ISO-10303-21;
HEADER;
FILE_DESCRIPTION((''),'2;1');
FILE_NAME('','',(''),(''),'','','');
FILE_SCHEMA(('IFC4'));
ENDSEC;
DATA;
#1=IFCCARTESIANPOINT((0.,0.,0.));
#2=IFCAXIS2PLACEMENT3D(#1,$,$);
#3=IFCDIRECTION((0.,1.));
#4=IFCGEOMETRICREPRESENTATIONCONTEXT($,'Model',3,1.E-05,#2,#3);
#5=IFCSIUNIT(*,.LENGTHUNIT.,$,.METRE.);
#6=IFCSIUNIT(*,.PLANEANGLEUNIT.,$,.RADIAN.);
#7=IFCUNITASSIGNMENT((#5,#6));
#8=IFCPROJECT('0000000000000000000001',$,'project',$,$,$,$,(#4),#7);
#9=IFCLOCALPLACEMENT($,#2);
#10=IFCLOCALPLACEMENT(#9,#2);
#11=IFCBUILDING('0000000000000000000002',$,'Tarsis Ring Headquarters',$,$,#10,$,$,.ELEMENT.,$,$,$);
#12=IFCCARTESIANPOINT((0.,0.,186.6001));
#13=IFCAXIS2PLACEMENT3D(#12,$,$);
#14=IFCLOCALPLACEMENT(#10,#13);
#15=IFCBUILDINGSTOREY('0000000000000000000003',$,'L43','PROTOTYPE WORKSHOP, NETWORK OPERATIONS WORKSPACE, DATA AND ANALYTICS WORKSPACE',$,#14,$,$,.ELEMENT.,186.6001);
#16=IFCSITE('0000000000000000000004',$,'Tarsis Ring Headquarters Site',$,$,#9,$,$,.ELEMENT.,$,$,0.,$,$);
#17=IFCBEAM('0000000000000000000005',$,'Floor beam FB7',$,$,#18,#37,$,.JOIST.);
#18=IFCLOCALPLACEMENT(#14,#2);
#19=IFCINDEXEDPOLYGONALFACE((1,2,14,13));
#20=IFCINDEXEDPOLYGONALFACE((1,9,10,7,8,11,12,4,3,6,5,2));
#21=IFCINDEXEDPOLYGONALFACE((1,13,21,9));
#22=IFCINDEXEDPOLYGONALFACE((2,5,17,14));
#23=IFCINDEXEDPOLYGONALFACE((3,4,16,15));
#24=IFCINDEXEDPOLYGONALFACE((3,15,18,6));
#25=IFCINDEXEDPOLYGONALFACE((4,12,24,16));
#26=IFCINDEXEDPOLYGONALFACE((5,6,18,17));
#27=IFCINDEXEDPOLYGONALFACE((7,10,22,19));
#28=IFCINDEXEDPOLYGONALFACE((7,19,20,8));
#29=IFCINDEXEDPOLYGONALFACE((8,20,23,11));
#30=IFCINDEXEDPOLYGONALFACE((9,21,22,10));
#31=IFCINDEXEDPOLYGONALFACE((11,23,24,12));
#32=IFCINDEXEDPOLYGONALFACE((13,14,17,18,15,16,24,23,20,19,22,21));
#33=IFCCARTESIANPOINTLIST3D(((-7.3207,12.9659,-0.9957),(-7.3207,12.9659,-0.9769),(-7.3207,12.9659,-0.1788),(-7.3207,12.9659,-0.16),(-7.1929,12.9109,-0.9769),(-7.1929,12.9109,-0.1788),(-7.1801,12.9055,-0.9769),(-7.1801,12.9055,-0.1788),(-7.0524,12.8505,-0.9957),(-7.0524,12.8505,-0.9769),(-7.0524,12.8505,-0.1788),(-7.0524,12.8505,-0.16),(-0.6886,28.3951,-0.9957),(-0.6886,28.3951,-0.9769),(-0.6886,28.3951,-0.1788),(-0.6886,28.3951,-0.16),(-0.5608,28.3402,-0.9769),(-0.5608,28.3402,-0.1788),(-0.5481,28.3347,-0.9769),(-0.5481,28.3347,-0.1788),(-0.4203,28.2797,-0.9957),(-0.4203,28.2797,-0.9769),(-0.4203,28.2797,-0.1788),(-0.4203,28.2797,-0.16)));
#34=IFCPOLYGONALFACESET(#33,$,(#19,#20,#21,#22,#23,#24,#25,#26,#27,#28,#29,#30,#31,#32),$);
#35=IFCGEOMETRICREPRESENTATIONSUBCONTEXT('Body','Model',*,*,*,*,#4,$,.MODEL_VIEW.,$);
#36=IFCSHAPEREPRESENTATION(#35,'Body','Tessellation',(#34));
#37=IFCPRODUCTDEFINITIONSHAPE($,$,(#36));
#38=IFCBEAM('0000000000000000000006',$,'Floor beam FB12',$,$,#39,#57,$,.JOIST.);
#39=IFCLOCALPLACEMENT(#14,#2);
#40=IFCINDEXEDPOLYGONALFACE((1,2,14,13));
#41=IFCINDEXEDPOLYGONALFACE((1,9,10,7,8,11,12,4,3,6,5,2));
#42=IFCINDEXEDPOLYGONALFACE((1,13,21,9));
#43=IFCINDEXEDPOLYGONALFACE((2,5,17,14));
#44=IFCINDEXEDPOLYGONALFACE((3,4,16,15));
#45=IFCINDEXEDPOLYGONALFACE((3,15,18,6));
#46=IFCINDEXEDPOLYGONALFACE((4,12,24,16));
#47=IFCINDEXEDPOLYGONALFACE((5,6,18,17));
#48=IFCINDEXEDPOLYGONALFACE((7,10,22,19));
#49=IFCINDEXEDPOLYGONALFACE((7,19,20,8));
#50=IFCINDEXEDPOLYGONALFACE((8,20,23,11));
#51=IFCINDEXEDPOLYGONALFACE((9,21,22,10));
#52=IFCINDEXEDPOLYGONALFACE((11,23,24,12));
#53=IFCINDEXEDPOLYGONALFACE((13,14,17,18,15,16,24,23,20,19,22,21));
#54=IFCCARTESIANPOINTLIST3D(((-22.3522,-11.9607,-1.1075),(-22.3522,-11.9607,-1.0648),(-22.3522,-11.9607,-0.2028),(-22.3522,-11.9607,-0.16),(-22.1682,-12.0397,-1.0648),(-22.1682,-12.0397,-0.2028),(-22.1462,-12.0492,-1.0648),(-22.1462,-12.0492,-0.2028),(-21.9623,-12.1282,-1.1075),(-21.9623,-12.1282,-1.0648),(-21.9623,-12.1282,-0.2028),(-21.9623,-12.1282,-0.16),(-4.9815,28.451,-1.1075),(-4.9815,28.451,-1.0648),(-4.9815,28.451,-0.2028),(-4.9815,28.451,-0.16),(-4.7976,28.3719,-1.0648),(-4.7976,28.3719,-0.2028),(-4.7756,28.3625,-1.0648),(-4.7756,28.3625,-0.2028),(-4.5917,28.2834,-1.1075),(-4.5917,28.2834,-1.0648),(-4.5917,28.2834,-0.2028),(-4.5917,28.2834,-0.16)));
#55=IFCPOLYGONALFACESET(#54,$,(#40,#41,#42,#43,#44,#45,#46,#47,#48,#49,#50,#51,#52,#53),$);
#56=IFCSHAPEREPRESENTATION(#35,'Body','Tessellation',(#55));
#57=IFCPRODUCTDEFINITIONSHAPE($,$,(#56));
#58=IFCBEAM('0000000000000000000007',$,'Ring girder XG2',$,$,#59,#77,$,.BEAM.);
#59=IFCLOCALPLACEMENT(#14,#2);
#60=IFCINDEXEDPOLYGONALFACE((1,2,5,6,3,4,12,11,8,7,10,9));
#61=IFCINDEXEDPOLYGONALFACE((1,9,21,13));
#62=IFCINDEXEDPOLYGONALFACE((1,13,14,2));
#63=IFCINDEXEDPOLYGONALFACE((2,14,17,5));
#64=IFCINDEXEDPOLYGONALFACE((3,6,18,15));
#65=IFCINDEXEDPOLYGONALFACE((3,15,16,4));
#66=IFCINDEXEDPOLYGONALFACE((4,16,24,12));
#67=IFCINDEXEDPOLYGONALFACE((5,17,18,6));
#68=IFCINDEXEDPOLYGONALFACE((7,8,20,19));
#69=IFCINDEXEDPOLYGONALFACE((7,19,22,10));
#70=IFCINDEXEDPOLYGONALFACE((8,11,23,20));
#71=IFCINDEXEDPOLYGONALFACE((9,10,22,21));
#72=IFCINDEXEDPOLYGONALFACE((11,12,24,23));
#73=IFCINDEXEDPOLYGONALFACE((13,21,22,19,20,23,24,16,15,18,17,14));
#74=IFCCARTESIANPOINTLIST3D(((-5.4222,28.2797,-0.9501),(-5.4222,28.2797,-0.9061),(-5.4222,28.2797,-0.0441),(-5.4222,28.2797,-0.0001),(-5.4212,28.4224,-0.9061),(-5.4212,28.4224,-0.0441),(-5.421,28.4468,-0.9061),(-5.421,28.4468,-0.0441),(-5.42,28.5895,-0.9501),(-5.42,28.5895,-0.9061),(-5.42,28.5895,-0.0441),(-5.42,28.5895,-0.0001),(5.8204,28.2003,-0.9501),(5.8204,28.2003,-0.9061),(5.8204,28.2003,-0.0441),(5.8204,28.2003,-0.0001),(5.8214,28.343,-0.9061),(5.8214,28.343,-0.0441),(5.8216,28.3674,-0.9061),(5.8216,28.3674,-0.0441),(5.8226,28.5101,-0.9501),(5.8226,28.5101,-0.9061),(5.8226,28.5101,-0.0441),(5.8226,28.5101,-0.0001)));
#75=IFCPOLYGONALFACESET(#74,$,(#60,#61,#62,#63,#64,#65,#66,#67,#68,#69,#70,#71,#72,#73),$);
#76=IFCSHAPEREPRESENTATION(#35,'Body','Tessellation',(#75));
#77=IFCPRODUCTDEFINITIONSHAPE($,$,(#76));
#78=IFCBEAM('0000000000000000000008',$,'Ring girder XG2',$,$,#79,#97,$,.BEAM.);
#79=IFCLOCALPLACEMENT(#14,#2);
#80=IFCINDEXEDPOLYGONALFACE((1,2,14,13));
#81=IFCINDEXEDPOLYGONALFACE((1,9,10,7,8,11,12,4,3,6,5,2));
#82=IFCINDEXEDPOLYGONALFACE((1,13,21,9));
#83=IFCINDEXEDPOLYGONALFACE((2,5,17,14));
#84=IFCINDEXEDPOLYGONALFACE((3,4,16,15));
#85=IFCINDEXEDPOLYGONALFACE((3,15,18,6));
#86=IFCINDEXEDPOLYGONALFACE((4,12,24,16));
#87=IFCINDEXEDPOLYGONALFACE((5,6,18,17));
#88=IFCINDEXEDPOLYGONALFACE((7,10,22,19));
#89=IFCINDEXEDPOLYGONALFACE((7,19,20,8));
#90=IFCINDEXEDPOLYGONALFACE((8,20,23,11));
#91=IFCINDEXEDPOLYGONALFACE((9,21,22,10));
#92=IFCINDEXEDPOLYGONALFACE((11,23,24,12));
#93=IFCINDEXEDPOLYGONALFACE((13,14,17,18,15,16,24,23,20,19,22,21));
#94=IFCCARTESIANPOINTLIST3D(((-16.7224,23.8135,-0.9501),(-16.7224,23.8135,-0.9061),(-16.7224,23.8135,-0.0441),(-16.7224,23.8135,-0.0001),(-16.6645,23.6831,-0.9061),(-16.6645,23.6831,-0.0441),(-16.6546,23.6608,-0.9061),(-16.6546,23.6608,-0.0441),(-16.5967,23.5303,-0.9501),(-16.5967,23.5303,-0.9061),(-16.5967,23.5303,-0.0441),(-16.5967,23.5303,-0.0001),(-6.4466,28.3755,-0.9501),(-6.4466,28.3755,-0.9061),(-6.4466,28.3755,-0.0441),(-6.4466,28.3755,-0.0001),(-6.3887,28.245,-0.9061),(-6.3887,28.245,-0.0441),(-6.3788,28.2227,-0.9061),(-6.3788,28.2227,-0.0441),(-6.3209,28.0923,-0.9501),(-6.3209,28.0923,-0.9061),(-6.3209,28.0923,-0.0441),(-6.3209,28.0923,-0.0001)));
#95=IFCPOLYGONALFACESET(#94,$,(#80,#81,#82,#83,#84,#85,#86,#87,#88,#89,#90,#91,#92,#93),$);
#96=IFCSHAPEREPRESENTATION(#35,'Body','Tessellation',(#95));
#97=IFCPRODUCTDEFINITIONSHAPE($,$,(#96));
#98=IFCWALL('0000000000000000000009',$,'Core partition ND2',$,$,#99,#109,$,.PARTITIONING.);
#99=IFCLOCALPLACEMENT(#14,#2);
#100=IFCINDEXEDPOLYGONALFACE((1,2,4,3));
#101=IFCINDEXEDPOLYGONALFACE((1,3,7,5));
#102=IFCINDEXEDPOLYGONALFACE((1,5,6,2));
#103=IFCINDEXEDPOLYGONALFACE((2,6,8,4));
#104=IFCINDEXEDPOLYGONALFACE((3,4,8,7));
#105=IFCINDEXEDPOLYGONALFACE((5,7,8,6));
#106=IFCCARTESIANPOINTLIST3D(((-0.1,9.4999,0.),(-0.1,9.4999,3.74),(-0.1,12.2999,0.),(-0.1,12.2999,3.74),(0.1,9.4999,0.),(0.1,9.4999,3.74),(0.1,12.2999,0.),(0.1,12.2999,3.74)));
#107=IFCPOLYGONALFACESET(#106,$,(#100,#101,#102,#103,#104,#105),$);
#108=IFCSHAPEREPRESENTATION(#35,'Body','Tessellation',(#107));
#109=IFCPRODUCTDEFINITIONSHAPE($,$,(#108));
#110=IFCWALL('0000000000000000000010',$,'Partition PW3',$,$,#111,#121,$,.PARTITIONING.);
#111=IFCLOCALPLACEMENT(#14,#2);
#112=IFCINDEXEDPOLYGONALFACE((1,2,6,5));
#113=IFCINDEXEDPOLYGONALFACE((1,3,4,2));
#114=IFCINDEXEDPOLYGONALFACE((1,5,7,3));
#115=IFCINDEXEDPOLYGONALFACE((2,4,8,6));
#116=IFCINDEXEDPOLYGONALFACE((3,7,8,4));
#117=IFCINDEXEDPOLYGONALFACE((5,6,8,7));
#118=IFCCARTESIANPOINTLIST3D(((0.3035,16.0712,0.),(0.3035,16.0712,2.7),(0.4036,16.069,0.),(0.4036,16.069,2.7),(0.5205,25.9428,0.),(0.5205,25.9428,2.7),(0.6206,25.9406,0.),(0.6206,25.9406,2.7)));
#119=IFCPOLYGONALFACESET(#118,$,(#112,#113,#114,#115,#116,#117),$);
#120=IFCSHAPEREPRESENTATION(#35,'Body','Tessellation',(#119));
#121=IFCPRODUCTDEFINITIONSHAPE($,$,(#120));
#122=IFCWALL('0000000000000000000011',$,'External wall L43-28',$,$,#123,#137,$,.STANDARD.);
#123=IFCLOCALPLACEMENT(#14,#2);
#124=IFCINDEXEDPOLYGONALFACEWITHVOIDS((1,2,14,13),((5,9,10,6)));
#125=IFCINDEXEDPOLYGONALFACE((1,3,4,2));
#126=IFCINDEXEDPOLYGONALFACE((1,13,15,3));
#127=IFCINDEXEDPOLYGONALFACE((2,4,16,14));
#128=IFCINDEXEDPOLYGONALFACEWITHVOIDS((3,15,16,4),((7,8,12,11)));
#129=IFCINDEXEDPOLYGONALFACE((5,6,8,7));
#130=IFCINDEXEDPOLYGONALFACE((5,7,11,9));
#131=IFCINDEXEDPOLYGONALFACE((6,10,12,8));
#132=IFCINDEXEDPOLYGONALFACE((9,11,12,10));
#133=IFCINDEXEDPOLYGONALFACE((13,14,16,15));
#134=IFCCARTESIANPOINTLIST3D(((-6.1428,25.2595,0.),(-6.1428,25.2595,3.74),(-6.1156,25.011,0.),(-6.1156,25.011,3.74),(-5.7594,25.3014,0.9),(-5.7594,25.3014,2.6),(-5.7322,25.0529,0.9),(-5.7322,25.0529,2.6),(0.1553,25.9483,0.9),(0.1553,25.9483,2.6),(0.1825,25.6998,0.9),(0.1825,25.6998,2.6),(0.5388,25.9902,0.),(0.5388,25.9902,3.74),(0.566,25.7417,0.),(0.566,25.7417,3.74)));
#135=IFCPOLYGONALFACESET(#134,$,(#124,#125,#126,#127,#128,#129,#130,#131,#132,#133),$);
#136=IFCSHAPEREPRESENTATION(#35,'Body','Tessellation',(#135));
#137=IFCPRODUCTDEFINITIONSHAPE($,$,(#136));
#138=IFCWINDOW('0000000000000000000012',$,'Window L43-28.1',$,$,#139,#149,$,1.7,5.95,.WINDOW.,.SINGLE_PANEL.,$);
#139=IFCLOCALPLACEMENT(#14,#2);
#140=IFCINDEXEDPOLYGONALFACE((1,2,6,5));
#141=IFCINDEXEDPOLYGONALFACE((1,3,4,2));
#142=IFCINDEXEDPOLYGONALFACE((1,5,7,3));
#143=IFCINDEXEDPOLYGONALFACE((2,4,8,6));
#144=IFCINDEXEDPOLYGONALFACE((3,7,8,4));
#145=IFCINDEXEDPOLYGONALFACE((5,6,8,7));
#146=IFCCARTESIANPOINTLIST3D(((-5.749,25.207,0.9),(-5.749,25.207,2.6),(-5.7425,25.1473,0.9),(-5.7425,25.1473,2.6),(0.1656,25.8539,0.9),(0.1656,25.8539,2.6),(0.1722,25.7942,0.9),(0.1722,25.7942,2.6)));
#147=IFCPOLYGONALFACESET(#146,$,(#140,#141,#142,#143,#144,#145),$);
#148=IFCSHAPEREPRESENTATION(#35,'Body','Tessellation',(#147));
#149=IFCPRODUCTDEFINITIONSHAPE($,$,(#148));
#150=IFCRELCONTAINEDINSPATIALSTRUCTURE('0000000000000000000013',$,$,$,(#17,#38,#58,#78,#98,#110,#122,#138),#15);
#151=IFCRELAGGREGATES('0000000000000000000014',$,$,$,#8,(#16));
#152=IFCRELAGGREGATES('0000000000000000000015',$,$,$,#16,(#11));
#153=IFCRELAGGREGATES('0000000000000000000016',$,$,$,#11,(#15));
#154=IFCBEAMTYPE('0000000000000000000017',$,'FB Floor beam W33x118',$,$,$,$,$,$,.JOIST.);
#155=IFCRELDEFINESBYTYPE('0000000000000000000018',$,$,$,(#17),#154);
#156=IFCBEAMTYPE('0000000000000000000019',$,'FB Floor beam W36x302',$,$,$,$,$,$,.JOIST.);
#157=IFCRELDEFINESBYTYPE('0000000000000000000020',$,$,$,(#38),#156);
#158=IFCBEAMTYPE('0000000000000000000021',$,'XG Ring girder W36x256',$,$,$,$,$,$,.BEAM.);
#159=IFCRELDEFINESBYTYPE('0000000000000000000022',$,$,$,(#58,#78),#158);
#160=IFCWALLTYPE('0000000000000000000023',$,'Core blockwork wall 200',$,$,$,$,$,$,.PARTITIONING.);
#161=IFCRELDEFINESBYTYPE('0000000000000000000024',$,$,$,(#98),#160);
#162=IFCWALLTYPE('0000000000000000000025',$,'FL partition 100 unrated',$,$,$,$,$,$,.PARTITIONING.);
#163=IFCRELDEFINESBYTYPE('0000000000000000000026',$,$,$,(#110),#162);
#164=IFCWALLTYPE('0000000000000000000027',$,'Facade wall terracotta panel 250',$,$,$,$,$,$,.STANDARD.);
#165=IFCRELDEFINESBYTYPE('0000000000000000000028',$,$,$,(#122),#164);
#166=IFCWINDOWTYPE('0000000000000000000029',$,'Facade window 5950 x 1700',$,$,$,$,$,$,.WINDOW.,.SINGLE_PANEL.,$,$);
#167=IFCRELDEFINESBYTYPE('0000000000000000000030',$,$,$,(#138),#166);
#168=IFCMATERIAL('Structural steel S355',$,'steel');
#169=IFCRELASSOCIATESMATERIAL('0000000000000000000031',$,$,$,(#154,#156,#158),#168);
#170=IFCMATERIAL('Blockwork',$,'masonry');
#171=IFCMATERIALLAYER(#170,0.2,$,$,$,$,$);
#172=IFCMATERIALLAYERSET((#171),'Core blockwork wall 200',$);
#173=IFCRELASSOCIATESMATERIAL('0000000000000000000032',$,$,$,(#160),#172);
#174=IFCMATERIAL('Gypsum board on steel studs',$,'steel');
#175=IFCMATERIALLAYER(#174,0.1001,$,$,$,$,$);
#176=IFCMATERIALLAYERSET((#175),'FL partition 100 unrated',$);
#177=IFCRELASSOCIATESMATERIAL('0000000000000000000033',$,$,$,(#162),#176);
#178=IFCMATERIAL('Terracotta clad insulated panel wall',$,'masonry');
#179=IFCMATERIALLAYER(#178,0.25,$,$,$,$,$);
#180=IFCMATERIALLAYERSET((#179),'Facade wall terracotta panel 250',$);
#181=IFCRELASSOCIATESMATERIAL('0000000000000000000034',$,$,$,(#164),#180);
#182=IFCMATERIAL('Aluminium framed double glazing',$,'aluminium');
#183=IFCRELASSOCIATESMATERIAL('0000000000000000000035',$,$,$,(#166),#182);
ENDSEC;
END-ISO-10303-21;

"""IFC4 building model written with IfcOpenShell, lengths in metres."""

from ifc_helpers import new_model, si_unit, direction, frame, frame_2d, origin, origin_2d, place, context, subcontext, project, spatial, rectangle, i_section, extrude, material, layer, layer_set, material_profile, profile_set, type_object, element, fill, save


model = new_model("IFC4")

# Units and contexts
model_context = context("Model", 3, precision=1e-05, world=origin(), true_north=direction((0.0, 1.0)))
body_context = subcontext(model_context, "Body", "Model", "MODEL_VIEW")
ifc_project = project(units=[si_unit("LENGTHUNIT", "METRE"), si_unit("PLANEANGLEUNIT", "RADIAN")], contexts=[model_context])

# Site, building, storey
site_placement = place(None, origin())
site = spatial("IfcSite", under=ifc_project, at=site_placement, Name="Tarsis Ring Headquarters Site", CompositionType="ELEMENT", RefElevation=0.0)
building_placement = place(site_placement, origin())
building = spatial("IfcBuilding", under=site, at=building_placement, Name="Tarsis Ring Headquarters", CompositionType="ELEMENT")
storey_placement = place(building_placement, frame((0.0, 0.0, 186.6001)))
storey = spatial("IfcBuildingStorey", under=building, at=storey_placement, Name="L43", Description="PROTOTYPE WORKSHOP, NETWORK OPERATIONS WORKSPACE, DATA AND ANALYTICS WORKSPACE", CompositionType="ELEMENT", Elevation=186.6001)

# Shared definitions
ifc_material_1 = material(Name="Structural steel S355", Category="steel")

# Beams
ifc_material_profile_1 = material_profile(ifc_material_1, i_section(OverallWidth=0.292, OverallDepth=0.8357, WebThickness=0.0139, FlangeThickness=0.0188, at=origin_2d()), Name="W33x118")
ifc_profile_set_1 = profile_set([ifc_material_profile_1], Name="Structural steel S355")
beam_type_1 = type_object("IfcBeamType", Name="FB Floor beam W33x118", PredefinedType="JOIST", material=ifc_profile_set_1)
beam_1_placement = place(storey_placement, frame((-0.5544, 28.3374, -0.5779), z_axis=(-0.394903, -0.918723, 0.0), x_axis=(0.918723, -0.394903, 0.0)))
element("IfcBeam", 1, at=beam_1_placement, inside=storey, type_object=beam_type_1, Name="Floor beam FB7", PredefinedType="JOIST", context=body_context, shape_type="SweptSolid", body=[
    extrude(i_section(OverallWidth=0.292, OverallDepth=0.8357, WebThickness=0.0139, FlangeThickness=0.0188, at=origin_2d()), origin(), (0.0, 0.0, 1.0), 16.7942),
])
ifc_material_profile_2 = material_profile(ifc_material_1, i_section(OverallWidth=0.4243, OverallDepth=0.9475, WebThickness=0.0239, FlangeThickness=0.0427, at=origin_2d()), Name="W36x302")
ifc_profile_set_2 = profile_set([ifc_material_profile_2], Name="Structural steel S355")
beam_type_2 = type_object("IfcBeamType", Name="FB Floor beam W36x302", PredefinedType="JOIST", material=ifc_profile_set_2)
beam_2_placement = place(storey_placement, frame((-4.7866, 28.3672, -0.6338), z_axis=(-0.394905, -0.918722, 0.0), x_axis=(0.918722, -0.394905, 0.0)))
element("IfcBeam", 2, at=beam_2_placement, inside=storey, type_object=beam_type_2, Name="Floor beam FB12", PredefinedType="JOIST", context=body_context, shape_type="SweptSolid", body=[
    extrude(i_section(OverallWidth=0.4243, OverallDepth=0.9475, WebThickness=0.0239, FlangeThickness=0.0427, at=origin_2d()), origin(), (0.0, 0.0, 1.0), 43.9868),
])
ifc_material_profile_3 = material_profile(ifc_material_1, i_section(OverallWidth=0.3098, OverallDepth=0.95, WebThickness=0.0244, FlangeThickness=0.0439, at=origin_2d()), Name="W36x256")
ifc_profile_set_3 = profile_set([ifc_material_profile_3], Name="Structural steel S355")
beam_type_3 = type_object("IfcBeamType", Name="XG Ring girder W36x256", PredefinedType="BEAM", material=ifc_profile_set_3)
for number, where, z_axis, x_axis, name in (
    (3, (5.8215, 28.3552, -0.4751), (-0.999975, 0.007057, 0.0), (-0.007057, -0.999975, 0.0), "Ring girder XG2"),
    (4, (-6.3838, 28.2339, -0.4751), (-0.913978, -0.405764, 0.0), (0.405764, -0.913978, 0.0), "Ring girder XG2"),
):
    element("IfcBeam", number, at=place(storey_placement, frame(where, z_axis=z_axis, x_axis=x_axis)), inside=storey, type_object=beam_type_3, Name=name, PredefinedType="BEAM", context=body_context, shape_type="SweptSolid", body=[
        extrude(i_section(OverallWidth=0.3098, OverallDepth=0.95, WebThickness=0.0244, FlangeThickness=0.0439, at=origin_2d()), origin(), (0.0, 0.0, 1.0), 11.2429),
    ])

# Walls
ifc_material_2 = material(Name="Blockwork", Category="masonry")
ifc_layer_1 = layer(ifc_material_2, 0.2)
ifc_layer_set_1 = layer_set([ifc_layer_1], Name="Core blockwork wall 200")
wall_type_1 = type_object("IfcWallType", Name="Core blockwork wall 200", PredefinedType="PARTITIONING", material=ifc_layer_set_1)
wall_1_placement = place(storey_placement, frame((0.0, 9.5, 0.0), z_axis=(0.0, 0.0, 1.0), x_axis=(0.0, 1.0, 0.0)))
element("IfcWall", 5, at=wall_1_placement, inside=storey, type_object=wall_type_1, Name="Core partition ND2", PredefinedType="PARTITIONING", context=body_context, shape_type="SweptSolid", body=[
    extrude(rectangle(XDim=2.8, YDim=0.2, at=frame_2d((1.3999, 0.0))), origin(), (0.0, 0.0, 1.0), 3.74),
])
ifc_material_3 = material(Name="Gypsum board on steel studs", Category="steel")
ifc_layer_2 = layer(ifc_material_3, 0.1001)
ifc_layer_set_2 = layer_set([ifc_layer_2], Name="FL partition 100 unrated")
wall_type_2 = type_object("IfcWallType", Name="FL partition 100 unrated", PredefinedType="PARTITIONING", material=ifc_layer_set_2)
wall_2_placement = place(storey_placement, frame((0.3535, 16.0701, 0.0), z_axis=(0.0, 0.0, 1.0), x_axis=(0.021981, 0.999758, 0.0)))
element("IfcWall", 6, at=wall_2_placement, inside=storey, type_object=wall_type_2, Name="Partition PW3", PredefinedType="PARTITIONING", context=body_context, shape_type="SweptSolid", body=[
    extrude(rectangle(XDim=9.874, YDim=0.1001, at=frame_2d((4.937, 0.0))), origin(), (0.0, 0.0, 1.0), 2.7),
])

# Wall, opening, window
ifc_material_4 = material(Name="Terracotta clad insulated panel wall", Category="masonry")
ifc_layer_3 = layer(ifc_material_4, 0.25)
ifc_layer_set_3 = layer_set([ifc_layer_3], Name="Facade wall terracotta panel 250")
wall_type_3 = type_object("IfcWallType", Name="Facade wall terracotta panel 250", PredefinedType="STANDARD", material=ifc_layer_set_3)
wall_3_placement = place(storey_placement, frame((0.5525, 25.866, 0.0), z_axis=(0.0, 0.0, 1.0), x_axis=(-0.994073, -0.108713, 0.0)))
wall_3 = element("IfcWall", 7, at=wall_3_placement, inside=storey, type_object=wall_type_3, Name="External wall L43-28", PredefinedType="STANDARD", context=body_context, shape_type="SweptSolid", body=[
    extrude(rectangle(XDim=6.7214, YDim=0.25, at=frame_2d((3.3608, 0.0))), origin(), (0.0, 0.0, 1.0), 3.74),
])
opening_1_placement = place(wall_3_placement, frame((0.3857, 0.0, 0.8999)))
opening_1 = element("IfcOpeningElement", 8, at=opening_1_placement, cuts=wall_3, PredefinedType="OPENING", context=body_context, shape_type="SweptSolid", body=[
    extrude(rectangle(XDim=5.95, YDim=1.7, at=frame_2d((2.9751, 0.8501))), frame((0.0, 0.135, 0.0), z_axis=(0.0, -1.0, 0.0), x_axis=(1.0, 0.0, 0.0)), (0.0, 0.0, 1.0), 0.27),
])
ifc_material_5 = material(Name="Aluminium framed double glazing", Category="aluminium")
window_type = type_object("IfcWindowType", Name="Facade window 5950 x 1700", PartitioningType="SINGLE_PANEL", PredefinedType="WINDOW", material=ifc_material_5)
window_1_placement = place(opening_1_placement, origin())
window_1 = element("IfcWindow", 9, at=window_1_placement, inside=storey, type_object=window_type, Name="Window L43-28.1", OverallHeight=1.7, OverallWidth=5.95, PartitioningType="SINGLE_PANEL", PredefinedType="WINDOW", context=body_context, shape_type="SweptSolid", body=[
    extrude(rectangle(XDim=5.95, YDim=1.7, at=frame_2d((2.9751, 0.8501))), frame((0.0, 0.03, 0.0), z_axis=(0.0, -1.0, 0.0), x_axis=(1.0, 0.0, 0.0)), (0.0, 0.0, 1.0), 0.0601),
])
fill(opening_1, window_1)

save(model, "model.ifc")
